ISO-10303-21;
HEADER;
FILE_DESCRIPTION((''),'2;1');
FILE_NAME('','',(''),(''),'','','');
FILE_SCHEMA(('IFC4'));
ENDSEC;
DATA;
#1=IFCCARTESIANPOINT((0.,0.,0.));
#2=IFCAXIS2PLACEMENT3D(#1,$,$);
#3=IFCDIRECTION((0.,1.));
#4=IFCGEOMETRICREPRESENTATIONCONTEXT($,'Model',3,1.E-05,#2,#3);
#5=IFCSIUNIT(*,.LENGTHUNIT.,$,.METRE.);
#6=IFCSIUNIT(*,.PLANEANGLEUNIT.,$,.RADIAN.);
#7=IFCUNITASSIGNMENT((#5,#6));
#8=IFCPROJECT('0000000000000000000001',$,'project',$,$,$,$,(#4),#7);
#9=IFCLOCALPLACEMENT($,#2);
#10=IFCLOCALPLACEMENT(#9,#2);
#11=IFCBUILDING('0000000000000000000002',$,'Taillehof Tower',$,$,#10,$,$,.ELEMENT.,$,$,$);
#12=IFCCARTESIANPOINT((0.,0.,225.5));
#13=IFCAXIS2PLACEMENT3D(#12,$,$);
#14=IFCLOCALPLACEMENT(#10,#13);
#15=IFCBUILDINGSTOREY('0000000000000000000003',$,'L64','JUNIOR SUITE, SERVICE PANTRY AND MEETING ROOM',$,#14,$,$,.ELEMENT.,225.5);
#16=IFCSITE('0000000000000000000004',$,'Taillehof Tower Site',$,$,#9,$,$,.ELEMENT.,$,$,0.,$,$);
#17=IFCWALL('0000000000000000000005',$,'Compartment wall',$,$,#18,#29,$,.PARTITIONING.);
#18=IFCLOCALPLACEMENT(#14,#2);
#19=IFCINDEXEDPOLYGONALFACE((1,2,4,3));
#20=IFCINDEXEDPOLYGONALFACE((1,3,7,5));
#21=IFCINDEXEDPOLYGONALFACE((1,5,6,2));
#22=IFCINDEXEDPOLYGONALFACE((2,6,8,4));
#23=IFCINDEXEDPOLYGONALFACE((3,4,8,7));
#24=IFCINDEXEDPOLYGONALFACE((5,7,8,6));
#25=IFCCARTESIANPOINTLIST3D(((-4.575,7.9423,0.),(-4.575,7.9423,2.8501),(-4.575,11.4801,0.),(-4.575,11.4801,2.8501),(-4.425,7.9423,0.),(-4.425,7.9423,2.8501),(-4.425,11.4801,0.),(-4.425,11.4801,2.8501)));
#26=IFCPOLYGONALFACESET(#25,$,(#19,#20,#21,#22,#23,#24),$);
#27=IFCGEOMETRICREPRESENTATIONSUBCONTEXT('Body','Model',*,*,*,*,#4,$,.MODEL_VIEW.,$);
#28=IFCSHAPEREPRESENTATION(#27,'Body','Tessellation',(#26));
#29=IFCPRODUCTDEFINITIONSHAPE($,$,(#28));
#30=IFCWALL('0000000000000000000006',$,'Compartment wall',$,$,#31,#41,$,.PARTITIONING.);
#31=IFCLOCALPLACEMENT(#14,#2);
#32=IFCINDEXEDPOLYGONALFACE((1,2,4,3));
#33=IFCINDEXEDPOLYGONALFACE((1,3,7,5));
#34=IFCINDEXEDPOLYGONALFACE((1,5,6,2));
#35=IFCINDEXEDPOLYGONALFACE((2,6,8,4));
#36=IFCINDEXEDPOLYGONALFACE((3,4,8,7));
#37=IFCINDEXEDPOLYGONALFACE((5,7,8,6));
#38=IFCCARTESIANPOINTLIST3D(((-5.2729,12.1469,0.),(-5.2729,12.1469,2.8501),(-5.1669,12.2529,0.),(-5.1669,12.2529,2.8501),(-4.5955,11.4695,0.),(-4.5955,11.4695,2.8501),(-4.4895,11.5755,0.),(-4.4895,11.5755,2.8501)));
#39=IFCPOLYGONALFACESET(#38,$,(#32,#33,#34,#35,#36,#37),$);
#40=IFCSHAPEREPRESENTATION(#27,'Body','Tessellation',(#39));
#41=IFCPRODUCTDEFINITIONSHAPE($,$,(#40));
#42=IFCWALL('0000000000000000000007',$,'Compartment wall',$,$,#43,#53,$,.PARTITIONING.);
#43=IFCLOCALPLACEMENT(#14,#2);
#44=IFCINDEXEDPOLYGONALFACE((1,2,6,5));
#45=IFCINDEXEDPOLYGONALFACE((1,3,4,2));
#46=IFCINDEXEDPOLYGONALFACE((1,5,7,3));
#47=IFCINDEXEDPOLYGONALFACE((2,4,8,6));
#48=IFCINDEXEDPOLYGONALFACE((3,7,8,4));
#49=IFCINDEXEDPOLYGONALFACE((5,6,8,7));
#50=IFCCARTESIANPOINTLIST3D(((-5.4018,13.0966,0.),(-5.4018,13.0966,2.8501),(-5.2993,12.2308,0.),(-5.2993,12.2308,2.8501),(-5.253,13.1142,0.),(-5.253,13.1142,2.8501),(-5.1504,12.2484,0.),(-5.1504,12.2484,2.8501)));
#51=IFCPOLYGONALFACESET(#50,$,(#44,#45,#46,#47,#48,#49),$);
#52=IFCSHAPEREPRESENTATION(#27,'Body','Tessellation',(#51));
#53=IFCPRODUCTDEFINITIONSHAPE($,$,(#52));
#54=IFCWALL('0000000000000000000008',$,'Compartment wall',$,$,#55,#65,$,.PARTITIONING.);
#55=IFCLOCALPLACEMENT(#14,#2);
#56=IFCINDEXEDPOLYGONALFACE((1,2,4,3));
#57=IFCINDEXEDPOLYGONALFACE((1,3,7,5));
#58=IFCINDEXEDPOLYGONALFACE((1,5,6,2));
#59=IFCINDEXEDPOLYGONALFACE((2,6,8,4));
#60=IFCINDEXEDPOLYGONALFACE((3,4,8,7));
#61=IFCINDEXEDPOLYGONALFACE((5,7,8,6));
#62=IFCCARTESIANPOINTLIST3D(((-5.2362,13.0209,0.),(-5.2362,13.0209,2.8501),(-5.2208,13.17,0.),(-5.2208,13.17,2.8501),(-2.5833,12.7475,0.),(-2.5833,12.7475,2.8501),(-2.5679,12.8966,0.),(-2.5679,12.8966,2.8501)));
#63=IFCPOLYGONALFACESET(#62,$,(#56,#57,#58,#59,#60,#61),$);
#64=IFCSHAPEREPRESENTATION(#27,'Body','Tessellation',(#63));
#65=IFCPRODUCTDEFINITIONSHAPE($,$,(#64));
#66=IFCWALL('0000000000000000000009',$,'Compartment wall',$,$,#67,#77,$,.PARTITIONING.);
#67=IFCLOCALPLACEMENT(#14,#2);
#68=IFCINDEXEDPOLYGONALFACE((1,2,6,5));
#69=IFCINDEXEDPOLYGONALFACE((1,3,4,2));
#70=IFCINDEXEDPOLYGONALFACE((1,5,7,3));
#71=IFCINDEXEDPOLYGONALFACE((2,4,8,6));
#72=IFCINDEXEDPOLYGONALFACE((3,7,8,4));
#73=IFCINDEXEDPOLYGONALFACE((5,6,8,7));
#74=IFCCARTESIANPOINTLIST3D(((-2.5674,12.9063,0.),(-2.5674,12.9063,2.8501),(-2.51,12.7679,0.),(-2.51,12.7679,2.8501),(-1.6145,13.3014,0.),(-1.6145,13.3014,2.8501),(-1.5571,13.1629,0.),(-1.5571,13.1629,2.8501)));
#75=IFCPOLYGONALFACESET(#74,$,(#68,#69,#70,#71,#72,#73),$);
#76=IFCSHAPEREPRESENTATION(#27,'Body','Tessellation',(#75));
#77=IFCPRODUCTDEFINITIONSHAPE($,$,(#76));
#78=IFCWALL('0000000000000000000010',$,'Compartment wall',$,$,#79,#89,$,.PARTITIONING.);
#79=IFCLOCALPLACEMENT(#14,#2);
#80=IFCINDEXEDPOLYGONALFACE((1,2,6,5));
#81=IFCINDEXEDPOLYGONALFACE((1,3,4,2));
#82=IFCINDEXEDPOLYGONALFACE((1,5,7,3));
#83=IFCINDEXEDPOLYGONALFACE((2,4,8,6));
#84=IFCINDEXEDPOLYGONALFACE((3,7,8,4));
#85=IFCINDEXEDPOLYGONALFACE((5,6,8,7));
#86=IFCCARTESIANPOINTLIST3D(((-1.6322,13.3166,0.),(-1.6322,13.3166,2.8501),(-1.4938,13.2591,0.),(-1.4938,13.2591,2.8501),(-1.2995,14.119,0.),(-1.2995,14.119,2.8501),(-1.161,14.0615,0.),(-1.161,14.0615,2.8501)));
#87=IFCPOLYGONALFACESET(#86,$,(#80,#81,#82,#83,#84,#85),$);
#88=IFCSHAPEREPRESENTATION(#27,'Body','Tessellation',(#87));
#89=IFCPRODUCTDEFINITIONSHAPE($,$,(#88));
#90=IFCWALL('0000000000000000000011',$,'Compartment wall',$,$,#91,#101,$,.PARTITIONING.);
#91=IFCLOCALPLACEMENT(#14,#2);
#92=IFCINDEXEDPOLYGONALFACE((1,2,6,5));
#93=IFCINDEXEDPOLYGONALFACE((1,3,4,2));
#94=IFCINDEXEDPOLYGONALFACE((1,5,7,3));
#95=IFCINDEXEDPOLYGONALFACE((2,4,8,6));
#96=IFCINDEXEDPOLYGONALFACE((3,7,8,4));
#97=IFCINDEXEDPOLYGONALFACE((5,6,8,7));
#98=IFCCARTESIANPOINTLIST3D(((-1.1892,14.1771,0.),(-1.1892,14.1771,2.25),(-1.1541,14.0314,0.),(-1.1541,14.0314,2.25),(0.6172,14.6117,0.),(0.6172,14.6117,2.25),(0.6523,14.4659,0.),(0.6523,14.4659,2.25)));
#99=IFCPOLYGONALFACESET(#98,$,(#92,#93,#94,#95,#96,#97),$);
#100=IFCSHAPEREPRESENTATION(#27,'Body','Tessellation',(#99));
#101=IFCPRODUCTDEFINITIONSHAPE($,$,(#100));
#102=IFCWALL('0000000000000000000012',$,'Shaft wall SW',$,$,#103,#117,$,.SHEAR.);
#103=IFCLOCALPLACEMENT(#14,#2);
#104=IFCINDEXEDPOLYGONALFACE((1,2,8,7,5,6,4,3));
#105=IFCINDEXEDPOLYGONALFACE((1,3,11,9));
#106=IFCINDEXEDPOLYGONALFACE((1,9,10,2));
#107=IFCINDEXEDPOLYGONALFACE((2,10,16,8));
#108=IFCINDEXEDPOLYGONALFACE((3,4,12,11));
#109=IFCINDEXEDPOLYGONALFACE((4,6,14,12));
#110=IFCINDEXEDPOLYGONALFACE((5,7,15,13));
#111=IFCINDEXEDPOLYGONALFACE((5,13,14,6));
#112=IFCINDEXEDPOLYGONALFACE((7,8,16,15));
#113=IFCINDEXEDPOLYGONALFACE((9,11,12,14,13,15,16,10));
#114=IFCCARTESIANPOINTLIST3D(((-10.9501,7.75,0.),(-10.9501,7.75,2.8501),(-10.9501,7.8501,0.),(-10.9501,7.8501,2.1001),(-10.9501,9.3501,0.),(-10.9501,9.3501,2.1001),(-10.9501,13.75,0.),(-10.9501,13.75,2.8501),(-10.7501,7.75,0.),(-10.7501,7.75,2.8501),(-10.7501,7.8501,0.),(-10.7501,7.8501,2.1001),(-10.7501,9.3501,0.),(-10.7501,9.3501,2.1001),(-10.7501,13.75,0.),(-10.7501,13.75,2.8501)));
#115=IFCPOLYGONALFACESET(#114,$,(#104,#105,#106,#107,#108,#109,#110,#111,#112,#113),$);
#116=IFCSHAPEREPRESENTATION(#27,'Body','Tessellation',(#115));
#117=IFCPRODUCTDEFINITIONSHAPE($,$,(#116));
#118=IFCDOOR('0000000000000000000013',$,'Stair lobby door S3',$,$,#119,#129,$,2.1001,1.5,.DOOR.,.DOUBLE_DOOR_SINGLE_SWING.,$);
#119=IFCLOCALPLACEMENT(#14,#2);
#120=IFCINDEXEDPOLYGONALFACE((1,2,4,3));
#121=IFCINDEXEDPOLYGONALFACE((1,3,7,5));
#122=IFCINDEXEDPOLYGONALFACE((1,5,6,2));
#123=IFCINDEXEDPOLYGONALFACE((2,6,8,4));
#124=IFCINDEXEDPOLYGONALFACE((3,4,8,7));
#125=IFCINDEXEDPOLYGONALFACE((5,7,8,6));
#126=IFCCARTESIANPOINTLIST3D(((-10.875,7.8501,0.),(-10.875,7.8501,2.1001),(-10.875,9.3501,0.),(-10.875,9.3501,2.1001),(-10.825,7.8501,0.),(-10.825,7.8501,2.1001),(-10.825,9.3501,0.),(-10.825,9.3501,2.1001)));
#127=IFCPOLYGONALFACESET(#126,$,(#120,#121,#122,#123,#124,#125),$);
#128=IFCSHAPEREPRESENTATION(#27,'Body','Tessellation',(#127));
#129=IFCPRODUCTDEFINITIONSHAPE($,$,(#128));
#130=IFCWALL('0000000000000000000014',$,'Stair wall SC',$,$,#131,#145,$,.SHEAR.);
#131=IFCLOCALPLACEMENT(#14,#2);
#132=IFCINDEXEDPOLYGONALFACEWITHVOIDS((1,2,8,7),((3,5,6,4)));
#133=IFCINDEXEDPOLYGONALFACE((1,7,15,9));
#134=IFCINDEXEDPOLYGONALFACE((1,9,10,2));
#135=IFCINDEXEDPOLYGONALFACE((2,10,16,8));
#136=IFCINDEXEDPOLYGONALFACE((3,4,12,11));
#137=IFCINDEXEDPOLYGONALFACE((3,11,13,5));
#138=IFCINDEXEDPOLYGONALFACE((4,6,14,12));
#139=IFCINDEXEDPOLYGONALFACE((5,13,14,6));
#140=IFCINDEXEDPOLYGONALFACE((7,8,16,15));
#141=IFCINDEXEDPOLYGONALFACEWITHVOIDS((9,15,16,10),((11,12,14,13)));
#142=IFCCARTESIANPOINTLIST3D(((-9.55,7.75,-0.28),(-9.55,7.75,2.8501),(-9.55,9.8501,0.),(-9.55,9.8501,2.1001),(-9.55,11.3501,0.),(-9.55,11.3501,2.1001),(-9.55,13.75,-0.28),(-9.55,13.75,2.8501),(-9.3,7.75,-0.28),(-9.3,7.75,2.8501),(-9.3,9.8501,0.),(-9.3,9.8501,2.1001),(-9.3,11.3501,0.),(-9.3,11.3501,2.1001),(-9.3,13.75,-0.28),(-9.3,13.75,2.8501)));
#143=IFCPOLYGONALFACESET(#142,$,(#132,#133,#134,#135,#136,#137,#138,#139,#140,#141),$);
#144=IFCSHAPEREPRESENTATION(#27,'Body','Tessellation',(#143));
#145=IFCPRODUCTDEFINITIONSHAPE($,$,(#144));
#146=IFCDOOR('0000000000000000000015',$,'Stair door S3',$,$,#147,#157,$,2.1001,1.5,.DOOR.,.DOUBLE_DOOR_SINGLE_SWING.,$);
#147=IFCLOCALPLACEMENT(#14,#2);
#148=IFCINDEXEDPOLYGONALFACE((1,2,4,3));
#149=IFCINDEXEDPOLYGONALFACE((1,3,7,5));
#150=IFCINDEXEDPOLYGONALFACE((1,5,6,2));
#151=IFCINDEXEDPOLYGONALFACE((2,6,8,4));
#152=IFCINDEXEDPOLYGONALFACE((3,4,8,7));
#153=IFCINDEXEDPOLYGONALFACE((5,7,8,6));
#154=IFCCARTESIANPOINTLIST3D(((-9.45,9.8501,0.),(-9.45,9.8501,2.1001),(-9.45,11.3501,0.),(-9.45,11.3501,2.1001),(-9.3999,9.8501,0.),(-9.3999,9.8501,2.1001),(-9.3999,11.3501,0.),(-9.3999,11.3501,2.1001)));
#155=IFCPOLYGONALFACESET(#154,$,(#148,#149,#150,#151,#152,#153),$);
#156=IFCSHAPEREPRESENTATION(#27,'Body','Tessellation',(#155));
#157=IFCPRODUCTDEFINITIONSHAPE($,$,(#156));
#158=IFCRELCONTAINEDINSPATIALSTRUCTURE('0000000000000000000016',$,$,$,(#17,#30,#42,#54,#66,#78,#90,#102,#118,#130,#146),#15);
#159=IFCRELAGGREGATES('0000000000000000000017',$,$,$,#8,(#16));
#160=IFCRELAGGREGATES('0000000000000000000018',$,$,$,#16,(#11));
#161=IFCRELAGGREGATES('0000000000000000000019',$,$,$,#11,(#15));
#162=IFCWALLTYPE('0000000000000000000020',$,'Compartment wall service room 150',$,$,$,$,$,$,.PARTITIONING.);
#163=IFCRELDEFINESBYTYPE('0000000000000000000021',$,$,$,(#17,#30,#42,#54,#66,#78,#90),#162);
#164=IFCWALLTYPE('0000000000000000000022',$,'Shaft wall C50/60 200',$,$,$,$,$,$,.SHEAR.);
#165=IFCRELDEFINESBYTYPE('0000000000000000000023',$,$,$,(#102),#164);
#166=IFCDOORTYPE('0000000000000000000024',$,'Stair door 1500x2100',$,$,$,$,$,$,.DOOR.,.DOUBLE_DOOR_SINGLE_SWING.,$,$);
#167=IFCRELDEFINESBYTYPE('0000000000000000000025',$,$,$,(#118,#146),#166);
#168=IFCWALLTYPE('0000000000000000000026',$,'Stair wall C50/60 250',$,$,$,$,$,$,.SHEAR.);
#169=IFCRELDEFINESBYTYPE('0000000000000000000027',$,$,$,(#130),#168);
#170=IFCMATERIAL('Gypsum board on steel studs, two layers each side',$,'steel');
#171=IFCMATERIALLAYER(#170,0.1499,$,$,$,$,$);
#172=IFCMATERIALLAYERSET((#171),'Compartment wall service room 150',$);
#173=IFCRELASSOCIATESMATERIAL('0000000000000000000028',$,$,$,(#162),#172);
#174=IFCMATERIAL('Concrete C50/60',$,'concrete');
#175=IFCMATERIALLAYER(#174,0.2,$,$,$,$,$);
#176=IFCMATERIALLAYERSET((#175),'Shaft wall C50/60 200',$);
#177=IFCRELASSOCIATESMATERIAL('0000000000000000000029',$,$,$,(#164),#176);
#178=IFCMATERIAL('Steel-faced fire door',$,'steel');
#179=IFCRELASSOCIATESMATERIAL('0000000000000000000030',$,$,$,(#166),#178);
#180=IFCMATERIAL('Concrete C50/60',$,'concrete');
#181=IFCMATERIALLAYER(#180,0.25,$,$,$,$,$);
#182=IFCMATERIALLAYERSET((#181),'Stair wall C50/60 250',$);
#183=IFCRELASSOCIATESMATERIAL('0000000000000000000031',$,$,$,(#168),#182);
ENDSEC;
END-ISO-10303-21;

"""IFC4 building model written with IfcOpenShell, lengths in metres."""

from ifc_helpers import new_model, si_unit, direction, frame, frame_2d, origin, place, context, subcontext, project, spatial, rectangle, extrude, material, layer, layer_set, type_object, element, fill, save


model = new_model("IFC4")

# Units and contexts
model_context = context("Model", 3, precision=1e-05, world=origin(), true_north=direction((0.0, 1.0)))
body_context = subcontext(model_context, "Body", "Model", "MODEL_VIEW")
ifc_project = project(units=[si_unit("LENGTHUNIT", "METRE"), si_unit("PLANEANGLEUNIT", "RADIAN")], contexts=[model_context])

# Site, building, storey
site_placement = place(None, origin())
site = spatial("IfcSite", under=ifc_project, at=site_placement, Name="Taillehof Tower Site", CompositionType="ELEMENT", RefElevation=0.0)
building_placement = place(site_placement, origin())
building = spatial("IfcBuilding", under=site, at=building_placement, Name="Taillehof Tower", CompositionType="ELEMENT")
storey_placement = place(building_placement, frame((0.0, 0.0, 225.5)))
storey = spatial("IfcBuildingStorey", under=building, at=storey_placement, Name="L64", Description="JUNIOR SUITE, SERVICE PANTRY AND MEETING ROOM", CompositionType="ELEMENT", Elevation=225.5)

# Walls
ifc_material_1 = material(Name="Gypsum board on steel studs, two layers each side", Category="steel")
ifc_layer_1 = layer(ifc_material_1, 0.1499)
ifc_layer_set_1 = layer_set([ifc_layer_1], Name="Compartment wall service room 150")
wall_type_1 = type_object("IfcWallType", Name="Compartment wall service room 150", PredefinedType="PARTITIONING", material=ifc_layer_set_1)
wall_1_placement = place(storey_placement, frame((-4.5, 7.9421, 0.0), z_axis=(0.0, 0.0, 1.0), x_axis=(0.0, 1.0, 0.0)))
element("IfcWall", 1, at=wall_1_placement, inside=storey, type_object=wall_type_1, Name="Compartment wall", PredefinedType="PARTITIONING", context=body_context, shape_type="SweptSolid", body=[
    extrude(rectangle(XDim=3.5378, YDim=0.1499, at=frame_2d((1.769, 0.0))), origin(), (0.0, 0.0, 1.0), 2.8501),
])
wall_2_placement = place(storey_placement, frame((-4.5425, 11.5225, 0.0), z_axis=(0.0, 0.0, 1.0), x_axis=(-0.707107, 0.707107, 0.0)))
element("IfcWall", 2, at=wall_2_placement, inside=storey, type_object=wall_type_1, Name="Compartment wall", PredefinedType="PARTITIONING", context=body_context, shape_type="SweptSolid", body=[
    extrude(rectangle(XDim=0.958, YDim=0.1499, at=frame_2d((0.479, 0.0))), origin(), (0.0, 0.0, 1.0), 2.8501),
])
wall_3_placement = place(storey_placement, frame((-5.2249, 12.2395, 0.0), z_axis=(0.0, 0.0, 1.0), x_axis=(-0.117621, 0.993059, 0.0)))
element("IfcWall", 3, at=wall_3_placement, inside=storey, type_object=wall_type_1, Name="Compartment wall", PredefinedType="PARTITIONING", context=body_context, shape_type="SweptSolid", body=[
    extrude(rectangle(XDim=0.8718, YDim=0.1499, at=frame_2d((0.436, 0.0))), origin(), (0.0, 0.0, 1.0), 2.8501),
])
wall_4_placement = place(storey_placement, frame((-5.2285, 13.0955, 0.0), z_axis=(0.0, 0.0, 1.0), x_axis=(0.99473, -0.102531, 0.0)))
element("IfcWall", 4, at=wall_4_placement, inside=storey, type_object=wall_type_1, Name="Compartment wall", PredefinedType="PARTITIONING", context=body_context, shape_type="SweptSolid", body=[
    extrude(rectangle(XDim=2.667, YDim=0.1499, at=frame_2d((1.3335, 0.0))), origin(), (0.0, 0.0, 1.0), 2.8501),
])
wall_5_placement = place(storey_placement, frame((-2.5386, 12.8372, 0.0), z_axis=(0.0, 0.0, 1.0), x_axis=(0.923769, 0.382951, 0.0)))
element("IfcWall", 5, at=wall_5_placement, inside=storey, type_object=wall_type_1, Name="Compartment wall", PredefinedType="PARTITIONING", context=body_context, shape_type="SweptSolid", body=[
    extrude(rectangle(XDim=1.0315, YDim=0.1499, at=frame_2d((0.5156, 0.0))), origin(), (0.0, 0.0, 1.0), 2.8501),
])
wall_6_placement = place(storey_placement, frame((-1.563, 13.2878, 0.0), z_axis=(0.0, 0.0, 1.0), x_axis=(0.383038, 0.923732, 0.0)))
element("IfcWall", 6, at=wall_6_placement, inside=storey, type_object=wall_type_1, Name="Compartment wall", PredefinedType="PARTITIONING", context=body_context, shape_type="SweptSolid", body=[
    extrude(rectangle(XDim=0.8687, YDim=0.1499, at=frame_2d((0.4343, 0.0))), origin(), (0.0, 0.0, 1.0), 2.8501),
])
wall_7_placement = place(storey_placement, frame((-1.1716, 14.1042, 0.0), z_axis=(0.0, 0.0, 1.0), x_axis=(0.972261, 0.2339, 0.0)))
element("IfcWall", 7, at=wall_7_placement, inside=storey, type_object=wall_type_1, Name="Compartment wall", PredefinedType="PARTITIONING", context=body_context, shape_type="SweptSolid", body=[
    extrude(rectangle(XDim=1.8579, YDim=0.1499, at=frame_2d((0.929, 0.0))), origin(), (0.0, 0.0, 1.0), 2.25),
])

# Walls, openings, doors
ifc_material_2 = material(Name="Concrete C50/60", Category="concrete")
ifc_layer_2 = layer(ifc_material_2, 0.2)
ifc_layer_set_2 = layer_set([ifc_layer_2], Name="Shaft wall C50/60 200")
wall_type_2 = type_object("IfcWallType", Name="Shaft wall C50/60 200", PredefinedType="SHEAR", material=ifc_layer_set_2)
wall_8_placement = place(storey_placement, frame((-10.8501, 7.75, 0.0), z_axis=(0.0, 0.0, 1.0), x_axis=(0.0, 1.0, 0.0)))
wall_8 = element("IfcWall", 8, at=wall_8_placement, inside=storey, type_object=wall_type_2, Name="Shaft wall SW", PredefinedType="SHEAR", context=body_context, shape_type="SweptSolid", body=[
    extrude(rectangle(XDim=6.0, YDim=0.2, at=frame_2d((3.0, 0.0))), origin(), (0.0, 0.0, 1.0), 2.8501),
])
opening_1_placement = place(wall_8_placement, frame((0.1001, 0.0, 0.0)))
opening_1 = element("IfcOpeningElement", 9, at=opening_1_placement, cuts=wall_8, PredefinedType="OPENING", context=body_context, shape_type="SweptSolid", body=[
    extrude(rectangle(XDim=1.5, YDim=2.1001, at=frame_2d((0.75, 1.05))), frame((0.0, 0.1099, 0.0), z_axis=(0.0, -1.0, 0.0), x_axis=(1.0, 0.0, 0.0)), (0.0, 0.0, 1.0), 0.22),
])
ifc_material_3 = material(Name="Steel-faced fire door", Category="steel")
door_type_1 = type_object("IfcDoorType", Name="Stair door 1500x2100", OperationType="DOUBLE_DOOR_SINGLE_SWING", PredefinedType="DOOR", material=ifc_material_3)
door_1_placement = place(opening_1_placement, origin())
door_1 = element("IfcDoor", 10, at=door_1_placement, inside=storey, type_object=door_type_1, Name="Stair lobby door S3", OperationType="DOUBLE_DOOR_SINGLE_SWING", OverallHeight=2.1001, OverallWidth=1.5, PredefinedType="DOOR", context=body_context, shape_type="SweptSolid", body=[
    extrude(rectangle(XDim=1.5, YDim=2.1001, at=frame_2d((0.75, 1.05))), frame((0.0, 0.0249, 0.0), z_axis=(0.0, -1.0, 0.0), x_axis=(1.0, 0.0, 0.0)), (0.0, 0.0, 1.0), 0.05),
])
fill(opening_1, door_1)
ifc_material_4 = material(Name="Concrete C50/60", Category="concrete")
ifc_layer_3 = layer(ifc_material_4, 0.25)
ifc_layer_set_3 = layer_set([ifc_layer_3], Name="Stair wall C50/60 250")
wall_type_3 = type_object("IfcWallType", Name="Stair wall C50/60 250", PredefinedType="SHEAR", material=ifc_layer_set_3)
wall_9_placement = place(storey_placement, frame((-9.425, 7.75, -0.28), z_axis=(0.0, 0.0, 1.0), x_axis=(0.0, 1.0, 0.0)))
wall_9 = element("IfcWall", 11, at=wall_9_placement, inside=storey, type_object=wall_type_3, Name="Stair wall SC", PredefinedType="SHEAR", context=body_context, shape_type="SweptSolid", body=[
    extrude(rectangle(XDim=6.0, YDim=0.25, at=frame_2d((3.0, 0.0))), origin(), (0.0, 0.0, 1.0), 3.1301),
])
opening_2_placement = place(wall_9_placement, frame((2.1001, 0.0, 0.28)))
opening_2 = element("IfcOpeningElement", 12, at=opening_2_placement, cuts=wall_9, PredefinedType="OPENING", context=body_context, shape_type="SweptSolid", body=[
    extrude(rectangle(XDim=1.5, YDim=2.1001, at=frame_2d((0.75, 1.05))), frame((0.0, 0.135, 0.0), z_axis=(0.0, -1.0, 0.0), x_axis=(1.0, 0.0, 0.0)), (0.0, 0.0, 1.0), 0.27),
])
door_2_placement = place(opening_2_placement, origin())
door_2 = element("IfcDoor", 13, at=door_2_placement, inside=storey, type_object=door_type_1, Name="Stair door S3", OperationType="DOUBLE_DOOR_SINGLE_SWING", OverallHeight=2.1001, OverallWidth=1.5, PredefinedType="DOOR", context=body_context, shape_type="SweptSolid", body=[
    extrude(rectangle(XDim=1.5, YDim=2.1001, at=frame_2d((0.75, 1.05))), frame((0.0, 0.0249, 0.0), z_axis=(0.0, -1.0, 0.0), x_axis=(1.0, 0.0, 0.0)), (0.0, 0.0, 1.0), 0.05),
])
fill(opening_2, door_2)

save(model, "model.ifc")
